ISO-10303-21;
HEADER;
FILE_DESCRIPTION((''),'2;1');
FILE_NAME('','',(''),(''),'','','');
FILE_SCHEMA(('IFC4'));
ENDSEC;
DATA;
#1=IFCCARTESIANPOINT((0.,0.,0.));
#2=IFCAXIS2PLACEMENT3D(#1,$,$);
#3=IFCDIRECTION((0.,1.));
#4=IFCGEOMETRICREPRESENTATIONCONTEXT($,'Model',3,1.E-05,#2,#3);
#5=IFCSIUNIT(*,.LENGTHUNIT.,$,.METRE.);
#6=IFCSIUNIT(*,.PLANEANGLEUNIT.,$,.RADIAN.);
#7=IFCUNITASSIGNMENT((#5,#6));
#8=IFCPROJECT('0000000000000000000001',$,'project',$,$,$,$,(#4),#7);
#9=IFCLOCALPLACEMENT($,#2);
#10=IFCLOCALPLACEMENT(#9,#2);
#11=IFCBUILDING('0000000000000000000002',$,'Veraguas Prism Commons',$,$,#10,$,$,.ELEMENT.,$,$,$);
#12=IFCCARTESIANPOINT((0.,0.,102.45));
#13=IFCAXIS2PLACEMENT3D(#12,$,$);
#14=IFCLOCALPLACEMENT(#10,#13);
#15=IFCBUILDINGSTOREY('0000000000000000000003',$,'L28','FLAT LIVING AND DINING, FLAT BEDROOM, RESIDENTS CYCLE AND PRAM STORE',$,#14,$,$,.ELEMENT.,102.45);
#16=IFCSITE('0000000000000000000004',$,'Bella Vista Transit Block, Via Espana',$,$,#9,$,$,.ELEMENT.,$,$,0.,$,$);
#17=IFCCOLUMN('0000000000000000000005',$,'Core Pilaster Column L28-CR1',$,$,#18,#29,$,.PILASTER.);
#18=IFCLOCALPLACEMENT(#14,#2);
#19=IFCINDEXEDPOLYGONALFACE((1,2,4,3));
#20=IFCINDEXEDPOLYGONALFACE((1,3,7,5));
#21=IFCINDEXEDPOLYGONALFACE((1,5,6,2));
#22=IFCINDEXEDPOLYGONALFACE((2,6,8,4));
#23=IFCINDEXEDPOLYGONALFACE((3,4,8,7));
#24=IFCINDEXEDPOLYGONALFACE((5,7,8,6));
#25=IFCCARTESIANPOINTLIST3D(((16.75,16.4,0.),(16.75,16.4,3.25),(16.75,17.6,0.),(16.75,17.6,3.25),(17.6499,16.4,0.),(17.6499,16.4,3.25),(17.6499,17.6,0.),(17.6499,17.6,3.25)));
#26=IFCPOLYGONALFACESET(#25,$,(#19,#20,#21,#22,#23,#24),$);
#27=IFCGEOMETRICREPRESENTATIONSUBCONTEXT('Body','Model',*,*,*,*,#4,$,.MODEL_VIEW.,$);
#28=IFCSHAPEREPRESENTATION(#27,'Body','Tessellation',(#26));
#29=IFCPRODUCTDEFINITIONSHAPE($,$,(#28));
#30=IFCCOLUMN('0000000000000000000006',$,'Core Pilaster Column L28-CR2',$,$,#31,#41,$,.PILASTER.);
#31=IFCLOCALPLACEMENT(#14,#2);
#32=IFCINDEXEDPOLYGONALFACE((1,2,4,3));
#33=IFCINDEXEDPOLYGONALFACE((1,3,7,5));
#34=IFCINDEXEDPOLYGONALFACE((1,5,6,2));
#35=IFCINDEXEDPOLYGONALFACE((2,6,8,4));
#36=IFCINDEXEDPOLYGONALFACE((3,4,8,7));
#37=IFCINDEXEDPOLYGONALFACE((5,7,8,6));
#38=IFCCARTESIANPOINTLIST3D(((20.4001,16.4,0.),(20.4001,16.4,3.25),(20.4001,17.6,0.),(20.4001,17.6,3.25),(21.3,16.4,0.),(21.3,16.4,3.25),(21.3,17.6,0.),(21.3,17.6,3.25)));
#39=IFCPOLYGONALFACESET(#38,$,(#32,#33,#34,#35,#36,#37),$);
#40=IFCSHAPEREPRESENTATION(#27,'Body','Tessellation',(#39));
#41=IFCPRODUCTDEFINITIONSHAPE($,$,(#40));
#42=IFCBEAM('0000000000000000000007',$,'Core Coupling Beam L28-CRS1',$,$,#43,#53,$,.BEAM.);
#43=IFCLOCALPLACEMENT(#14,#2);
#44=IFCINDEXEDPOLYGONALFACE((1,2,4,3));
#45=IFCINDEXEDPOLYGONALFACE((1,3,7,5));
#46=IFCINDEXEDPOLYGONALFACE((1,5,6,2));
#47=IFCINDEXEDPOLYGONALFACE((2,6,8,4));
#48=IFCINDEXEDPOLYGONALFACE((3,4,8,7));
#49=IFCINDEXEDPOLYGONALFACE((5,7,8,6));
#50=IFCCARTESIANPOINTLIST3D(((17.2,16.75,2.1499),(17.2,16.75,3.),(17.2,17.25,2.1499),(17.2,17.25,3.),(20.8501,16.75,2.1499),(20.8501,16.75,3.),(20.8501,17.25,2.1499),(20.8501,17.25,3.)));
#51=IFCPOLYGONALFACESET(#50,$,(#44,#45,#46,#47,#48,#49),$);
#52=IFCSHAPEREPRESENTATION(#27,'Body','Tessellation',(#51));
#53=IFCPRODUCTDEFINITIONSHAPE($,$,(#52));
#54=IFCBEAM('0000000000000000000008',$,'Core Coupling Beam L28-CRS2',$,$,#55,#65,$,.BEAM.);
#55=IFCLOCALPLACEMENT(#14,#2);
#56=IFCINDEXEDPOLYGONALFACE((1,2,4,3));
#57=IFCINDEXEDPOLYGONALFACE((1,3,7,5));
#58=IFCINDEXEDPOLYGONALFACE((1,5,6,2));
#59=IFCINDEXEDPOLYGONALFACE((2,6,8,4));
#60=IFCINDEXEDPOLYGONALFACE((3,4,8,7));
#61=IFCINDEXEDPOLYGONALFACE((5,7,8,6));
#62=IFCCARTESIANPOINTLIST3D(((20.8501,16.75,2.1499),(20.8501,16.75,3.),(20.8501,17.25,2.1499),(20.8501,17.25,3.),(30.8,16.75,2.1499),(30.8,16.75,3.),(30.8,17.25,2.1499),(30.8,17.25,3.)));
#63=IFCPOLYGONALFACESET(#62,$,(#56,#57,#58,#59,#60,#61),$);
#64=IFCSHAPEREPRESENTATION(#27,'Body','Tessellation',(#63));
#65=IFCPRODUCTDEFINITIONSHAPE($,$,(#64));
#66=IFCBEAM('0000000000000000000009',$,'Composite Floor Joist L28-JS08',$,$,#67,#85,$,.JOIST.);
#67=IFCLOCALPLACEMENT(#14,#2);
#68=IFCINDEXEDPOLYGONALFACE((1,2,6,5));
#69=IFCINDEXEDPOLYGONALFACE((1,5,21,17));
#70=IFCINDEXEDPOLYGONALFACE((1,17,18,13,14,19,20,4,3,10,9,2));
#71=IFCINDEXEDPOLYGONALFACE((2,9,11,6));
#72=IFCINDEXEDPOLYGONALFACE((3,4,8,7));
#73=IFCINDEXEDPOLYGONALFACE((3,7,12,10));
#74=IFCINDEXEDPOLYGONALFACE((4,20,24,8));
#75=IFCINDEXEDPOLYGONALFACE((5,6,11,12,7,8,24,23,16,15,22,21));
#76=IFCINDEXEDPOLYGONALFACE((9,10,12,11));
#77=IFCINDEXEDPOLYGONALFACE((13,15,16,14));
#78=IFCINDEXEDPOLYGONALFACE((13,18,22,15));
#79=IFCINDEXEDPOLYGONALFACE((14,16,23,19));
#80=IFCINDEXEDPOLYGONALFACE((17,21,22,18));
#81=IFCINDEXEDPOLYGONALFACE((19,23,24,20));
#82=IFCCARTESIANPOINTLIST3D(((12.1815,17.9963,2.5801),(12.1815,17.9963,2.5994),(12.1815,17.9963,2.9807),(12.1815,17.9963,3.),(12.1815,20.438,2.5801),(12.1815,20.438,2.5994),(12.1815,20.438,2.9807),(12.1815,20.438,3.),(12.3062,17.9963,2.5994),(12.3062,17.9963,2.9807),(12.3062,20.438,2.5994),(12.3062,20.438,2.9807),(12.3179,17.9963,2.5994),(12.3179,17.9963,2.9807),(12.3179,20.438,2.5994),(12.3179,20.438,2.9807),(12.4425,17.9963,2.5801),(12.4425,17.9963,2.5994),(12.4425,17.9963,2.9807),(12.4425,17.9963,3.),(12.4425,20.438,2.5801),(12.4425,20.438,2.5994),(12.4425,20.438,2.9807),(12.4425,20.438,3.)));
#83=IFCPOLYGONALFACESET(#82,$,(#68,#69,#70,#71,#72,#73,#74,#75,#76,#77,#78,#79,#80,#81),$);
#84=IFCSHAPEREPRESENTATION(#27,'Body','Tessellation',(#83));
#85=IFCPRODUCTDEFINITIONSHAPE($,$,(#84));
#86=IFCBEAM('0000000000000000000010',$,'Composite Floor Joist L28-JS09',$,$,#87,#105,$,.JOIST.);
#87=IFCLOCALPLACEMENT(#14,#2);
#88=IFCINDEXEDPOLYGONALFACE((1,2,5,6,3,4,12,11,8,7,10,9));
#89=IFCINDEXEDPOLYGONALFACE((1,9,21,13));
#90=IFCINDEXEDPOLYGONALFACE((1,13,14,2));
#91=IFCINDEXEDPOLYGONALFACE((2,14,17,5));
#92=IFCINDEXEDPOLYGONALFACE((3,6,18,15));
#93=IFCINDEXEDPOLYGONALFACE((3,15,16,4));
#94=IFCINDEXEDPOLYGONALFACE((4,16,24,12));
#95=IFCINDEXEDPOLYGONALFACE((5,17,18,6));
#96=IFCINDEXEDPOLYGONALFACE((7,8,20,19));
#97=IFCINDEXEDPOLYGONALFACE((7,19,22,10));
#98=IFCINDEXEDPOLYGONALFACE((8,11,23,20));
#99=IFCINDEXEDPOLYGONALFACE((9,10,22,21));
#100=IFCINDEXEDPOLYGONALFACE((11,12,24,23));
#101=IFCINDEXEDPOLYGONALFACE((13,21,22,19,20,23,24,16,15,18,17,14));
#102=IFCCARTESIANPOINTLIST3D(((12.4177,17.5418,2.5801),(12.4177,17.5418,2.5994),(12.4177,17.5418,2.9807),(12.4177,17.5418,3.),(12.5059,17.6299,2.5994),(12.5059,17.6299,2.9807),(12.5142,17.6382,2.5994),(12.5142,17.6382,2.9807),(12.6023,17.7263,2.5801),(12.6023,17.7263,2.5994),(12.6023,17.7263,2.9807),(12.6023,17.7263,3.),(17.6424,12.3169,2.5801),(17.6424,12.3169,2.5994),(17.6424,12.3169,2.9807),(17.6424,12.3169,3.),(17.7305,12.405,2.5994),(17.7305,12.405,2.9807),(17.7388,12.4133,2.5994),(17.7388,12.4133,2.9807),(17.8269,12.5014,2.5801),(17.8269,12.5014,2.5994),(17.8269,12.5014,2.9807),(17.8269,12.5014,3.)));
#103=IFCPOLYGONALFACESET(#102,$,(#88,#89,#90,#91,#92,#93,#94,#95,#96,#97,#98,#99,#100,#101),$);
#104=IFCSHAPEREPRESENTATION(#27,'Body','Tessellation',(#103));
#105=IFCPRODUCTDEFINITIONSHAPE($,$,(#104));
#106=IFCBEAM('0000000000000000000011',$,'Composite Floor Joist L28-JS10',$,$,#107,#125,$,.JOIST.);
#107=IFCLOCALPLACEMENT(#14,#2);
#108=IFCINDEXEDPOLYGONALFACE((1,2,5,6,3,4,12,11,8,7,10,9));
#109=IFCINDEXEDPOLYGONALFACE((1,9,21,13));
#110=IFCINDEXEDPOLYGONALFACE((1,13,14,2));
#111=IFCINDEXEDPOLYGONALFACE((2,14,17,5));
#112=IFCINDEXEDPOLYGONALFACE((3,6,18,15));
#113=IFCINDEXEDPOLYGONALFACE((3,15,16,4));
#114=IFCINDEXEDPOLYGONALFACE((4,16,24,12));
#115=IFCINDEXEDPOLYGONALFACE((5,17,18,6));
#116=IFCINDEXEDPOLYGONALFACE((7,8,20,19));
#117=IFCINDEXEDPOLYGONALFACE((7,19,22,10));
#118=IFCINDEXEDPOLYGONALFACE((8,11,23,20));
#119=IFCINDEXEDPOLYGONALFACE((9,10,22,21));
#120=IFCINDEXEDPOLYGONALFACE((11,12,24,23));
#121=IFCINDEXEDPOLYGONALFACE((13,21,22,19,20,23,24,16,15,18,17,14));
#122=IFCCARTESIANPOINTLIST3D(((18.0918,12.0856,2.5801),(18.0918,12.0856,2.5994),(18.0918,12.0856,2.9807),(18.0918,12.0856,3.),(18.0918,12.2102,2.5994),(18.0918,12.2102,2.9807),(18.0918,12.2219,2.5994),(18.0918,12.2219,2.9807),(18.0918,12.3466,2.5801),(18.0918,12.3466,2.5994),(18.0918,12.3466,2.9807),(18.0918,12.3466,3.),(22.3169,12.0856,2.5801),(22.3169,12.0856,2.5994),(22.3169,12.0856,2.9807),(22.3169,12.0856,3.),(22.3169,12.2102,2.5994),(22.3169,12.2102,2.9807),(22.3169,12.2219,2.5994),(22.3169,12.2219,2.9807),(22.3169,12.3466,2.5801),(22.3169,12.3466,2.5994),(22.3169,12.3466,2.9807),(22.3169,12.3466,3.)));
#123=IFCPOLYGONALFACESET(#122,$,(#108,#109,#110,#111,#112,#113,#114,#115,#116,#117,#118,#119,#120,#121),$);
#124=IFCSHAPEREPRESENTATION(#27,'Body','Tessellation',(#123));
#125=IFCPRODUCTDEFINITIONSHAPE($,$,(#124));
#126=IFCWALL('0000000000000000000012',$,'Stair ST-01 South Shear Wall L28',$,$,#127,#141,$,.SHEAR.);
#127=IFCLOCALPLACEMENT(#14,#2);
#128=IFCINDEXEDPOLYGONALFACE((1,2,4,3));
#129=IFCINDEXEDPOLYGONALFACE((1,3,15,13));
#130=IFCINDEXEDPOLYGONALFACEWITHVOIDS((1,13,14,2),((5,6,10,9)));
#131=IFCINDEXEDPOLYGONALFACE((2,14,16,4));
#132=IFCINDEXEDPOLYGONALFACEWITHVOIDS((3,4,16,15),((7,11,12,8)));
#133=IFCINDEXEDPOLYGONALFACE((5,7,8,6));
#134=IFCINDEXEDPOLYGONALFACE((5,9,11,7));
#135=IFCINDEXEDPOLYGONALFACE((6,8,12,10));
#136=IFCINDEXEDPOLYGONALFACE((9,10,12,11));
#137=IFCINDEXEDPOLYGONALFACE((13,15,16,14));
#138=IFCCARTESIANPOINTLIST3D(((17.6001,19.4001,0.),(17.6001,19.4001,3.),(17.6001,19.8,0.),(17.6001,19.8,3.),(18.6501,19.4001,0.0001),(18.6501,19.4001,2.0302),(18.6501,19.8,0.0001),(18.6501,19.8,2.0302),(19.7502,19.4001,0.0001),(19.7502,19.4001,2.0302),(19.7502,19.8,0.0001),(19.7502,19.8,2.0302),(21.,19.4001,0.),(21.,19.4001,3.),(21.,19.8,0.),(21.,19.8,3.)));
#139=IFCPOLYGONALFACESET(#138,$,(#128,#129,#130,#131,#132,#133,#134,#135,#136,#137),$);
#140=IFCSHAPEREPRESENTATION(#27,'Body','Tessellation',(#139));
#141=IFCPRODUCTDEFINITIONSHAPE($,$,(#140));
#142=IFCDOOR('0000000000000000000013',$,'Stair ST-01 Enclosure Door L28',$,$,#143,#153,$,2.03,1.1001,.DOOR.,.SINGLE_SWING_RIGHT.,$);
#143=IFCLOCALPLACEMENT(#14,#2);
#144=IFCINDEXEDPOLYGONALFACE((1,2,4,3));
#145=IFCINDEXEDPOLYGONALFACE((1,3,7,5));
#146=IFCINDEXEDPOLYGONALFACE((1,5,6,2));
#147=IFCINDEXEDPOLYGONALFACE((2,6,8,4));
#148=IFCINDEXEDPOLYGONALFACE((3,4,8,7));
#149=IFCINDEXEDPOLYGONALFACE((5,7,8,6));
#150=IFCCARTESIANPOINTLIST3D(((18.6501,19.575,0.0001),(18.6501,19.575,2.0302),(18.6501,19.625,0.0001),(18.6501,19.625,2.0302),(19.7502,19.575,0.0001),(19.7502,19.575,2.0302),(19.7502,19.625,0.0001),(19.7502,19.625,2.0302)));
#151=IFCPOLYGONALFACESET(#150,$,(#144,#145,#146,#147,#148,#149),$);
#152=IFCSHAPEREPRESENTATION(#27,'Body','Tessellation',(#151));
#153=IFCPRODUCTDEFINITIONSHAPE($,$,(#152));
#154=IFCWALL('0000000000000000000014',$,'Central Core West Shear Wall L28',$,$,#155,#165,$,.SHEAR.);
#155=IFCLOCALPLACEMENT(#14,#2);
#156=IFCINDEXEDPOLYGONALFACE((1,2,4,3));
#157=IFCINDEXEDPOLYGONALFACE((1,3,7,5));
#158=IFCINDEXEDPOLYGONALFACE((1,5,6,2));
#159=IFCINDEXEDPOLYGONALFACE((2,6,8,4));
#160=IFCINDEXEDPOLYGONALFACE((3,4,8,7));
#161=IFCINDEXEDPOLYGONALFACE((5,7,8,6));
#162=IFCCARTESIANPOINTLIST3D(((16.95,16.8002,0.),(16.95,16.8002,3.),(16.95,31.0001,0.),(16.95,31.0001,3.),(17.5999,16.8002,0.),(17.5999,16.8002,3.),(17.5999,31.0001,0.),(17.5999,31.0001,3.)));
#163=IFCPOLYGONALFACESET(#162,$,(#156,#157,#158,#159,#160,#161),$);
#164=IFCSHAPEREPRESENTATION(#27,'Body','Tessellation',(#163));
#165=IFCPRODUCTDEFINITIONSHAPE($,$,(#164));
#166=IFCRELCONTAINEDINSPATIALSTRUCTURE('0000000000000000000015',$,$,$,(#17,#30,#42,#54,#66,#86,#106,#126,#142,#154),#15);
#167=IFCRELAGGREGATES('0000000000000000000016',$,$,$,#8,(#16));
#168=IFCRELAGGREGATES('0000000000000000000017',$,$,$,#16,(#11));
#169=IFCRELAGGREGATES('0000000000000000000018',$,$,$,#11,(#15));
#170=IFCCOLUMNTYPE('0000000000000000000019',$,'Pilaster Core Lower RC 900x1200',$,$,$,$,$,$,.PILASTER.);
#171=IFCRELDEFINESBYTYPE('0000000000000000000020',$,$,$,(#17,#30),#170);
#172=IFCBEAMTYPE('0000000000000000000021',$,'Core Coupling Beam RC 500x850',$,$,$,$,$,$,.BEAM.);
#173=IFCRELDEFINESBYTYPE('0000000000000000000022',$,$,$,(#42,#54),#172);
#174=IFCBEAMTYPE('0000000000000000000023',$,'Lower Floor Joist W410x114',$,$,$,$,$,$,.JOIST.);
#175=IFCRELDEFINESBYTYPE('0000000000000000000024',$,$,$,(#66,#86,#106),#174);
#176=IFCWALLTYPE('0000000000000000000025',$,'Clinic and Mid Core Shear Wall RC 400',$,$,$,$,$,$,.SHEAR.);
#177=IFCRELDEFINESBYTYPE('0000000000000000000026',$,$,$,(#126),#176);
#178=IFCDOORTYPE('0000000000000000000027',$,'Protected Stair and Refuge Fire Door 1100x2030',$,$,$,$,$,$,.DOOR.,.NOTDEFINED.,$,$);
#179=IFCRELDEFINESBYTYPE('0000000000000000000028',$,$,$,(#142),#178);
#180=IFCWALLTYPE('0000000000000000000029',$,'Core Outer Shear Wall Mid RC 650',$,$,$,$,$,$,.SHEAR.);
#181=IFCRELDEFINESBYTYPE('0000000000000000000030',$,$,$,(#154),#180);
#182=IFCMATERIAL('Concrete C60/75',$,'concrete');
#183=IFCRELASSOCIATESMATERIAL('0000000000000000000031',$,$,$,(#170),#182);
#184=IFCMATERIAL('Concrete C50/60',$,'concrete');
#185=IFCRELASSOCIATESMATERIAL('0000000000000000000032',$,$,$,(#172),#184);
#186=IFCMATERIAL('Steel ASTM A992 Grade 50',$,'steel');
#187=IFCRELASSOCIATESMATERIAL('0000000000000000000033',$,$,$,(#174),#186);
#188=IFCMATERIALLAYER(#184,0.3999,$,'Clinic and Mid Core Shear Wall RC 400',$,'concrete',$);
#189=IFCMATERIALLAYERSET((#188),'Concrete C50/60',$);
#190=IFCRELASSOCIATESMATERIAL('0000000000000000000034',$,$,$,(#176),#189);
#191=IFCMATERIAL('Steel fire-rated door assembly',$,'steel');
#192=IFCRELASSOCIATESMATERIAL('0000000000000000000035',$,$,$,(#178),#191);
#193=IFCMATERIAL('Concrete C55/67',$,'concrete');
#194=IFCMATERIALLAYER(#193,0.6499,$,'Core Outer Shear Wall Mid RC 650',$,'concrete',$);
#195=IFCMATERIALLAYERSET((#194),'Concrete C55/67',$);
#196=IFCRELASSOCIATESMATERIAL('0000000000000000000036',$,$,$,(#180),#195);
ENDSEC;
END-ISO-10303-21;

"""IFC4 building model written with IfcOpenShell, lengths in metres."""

from ifc_helpers import new_model, si_unit, direction, frame, frame_2d, origin, origin_2d, place, context, subcontext, project, spatial, rectangle, i_section, extrude, source, transform, mapped, material, layer, layer_set, material_profile, profile_set, type_object, element, fill, save


model = new_model("IFC4")

# Units and contexts
model_context = context("Model", 3, precision=1e-05, world=origin(), true_north=direction((0.0, 1.0)))
body_context = subcontext(model_context, "Body", "Model", "MODEL_VIEW")
ifc_project = project(units=[si_unit("LENGTHUNIT", "METRE"), si_unit("PLANEANGLEUNIT", "RADIAN")], contexts=[model_context])

# Site, building, storey
site_placement = place(None, origin())
site = spatial("IfcSite", under=ifc_project, at=site_placement, Name="Bella Vista Transit Block, Via Espana", CompositionType="ELEMENT", RefElevation=0.0)
building_placement = place(site_placement, origin())
building = spatial("IfcBuilding", under=site, at=building_placement, Name="Veraguas Prism Commons", CompositionType="ELEMENT")
storey_placement = place(building_placement, frame((0.0, 0.0, 102.45)))
storey = spatial("IfcBuildingStorey", under=building, at=storey_placement, Name="L28", Description="FLAT LIVING AND DINING, FLAT BEDROOM, RESIDENTS CYCLE AND PRAM STORE", CompositionType="ELEMENT", Elevation=102.45)

# Columns
ifc_material_1 = material(Name="Concrete C60/75", Category="concrete")
ifc_material_profile_1 = material_profile(ifc_material_1, rectangle(XDim=0.8999, YDim=1.2, at=origin_2d()), Name="RC900X1200")
ifc_profile_set_1 = profile_set([ifc_material_profile_1], Name="Concrete C60/75")
column_type = type_object("IfcColumnType", Name="Pilaster Core Lower RC 900x1200", PredefinedType="PILASTER", material=ifc_profile_set_1)
for number, where, z_axis, x_axis, name in (
    (1, (17.2, 17.0, 0.0), (0.0, 0.0, 1.0), (1.0, 0.0, 0.0), "Core Pilaster Column L28-CR1"),
    (2, (20.8501, 17.0, 0.0), (0.0, 0.0, 1.0), (1.0, 0.0, 0.0), "Core Pilaster Column L28-CR2"),
):
    element("IfcColumn", number, at=place(storey_placement, frame(where, z_axis=z_axis, x_axis=x_axis)), inside=storey, type_object=column_type, Name=name, PredefinedType="PILASTER", context=body_context, shape_type="SweptSolid", body=[
        extrude(rectangle(XDim=0.8999, YDim=1.2, at=origin_2d()), origin(), (0.0, 0.0, 1.0), 3.25),
    ])

# Beams
ifc_material_2 = material(Name="Concrete C50/60", Category="concrete")
ifc_material_profile_2 = material_profile(ifc_material_2, rectangle(XDim=0.5, YDim=0.8501, at=origin_2d()), Name="RC500X850")
ifc_profile_set_2 = profile_set([ifc_material_profile_2], Name="Concrete C50/60")
beam_type_1 = type_object("IfcBeamType", Name="Core Coupling Beam RC 500x850", PredefinedType="BEAM", material=ifc_profile_set_2)
beam_1_placement = place(storey_placement, frame((17.2, 17.0, 2.575), z_axis=(1.0, 0.0, 0.0), x_axis=(0.0, 1.0, 0.0)))
element("IfcBeam", 3, at=beam_1_placement, inside=storey, type_object=beam_type_1, Name="Core Coupling Beam L28-CRS1", PredefinedType="BEAM", context=body_context, shape_type="SweptSolid", body=[
    extrude(rectangle(XDim=0.5, YDim=0.8501, at=origin_2d()), origin(), (0.0, 0.0, 1.0), 3.6501),
])
beam_2_placement = place(storey_placement, frame((20.8501, 17.0, 2.575), z_axis=(1.0, 0.0, 0.0), x_axis=(0.0, 1.0, 0.0)))
element("IfcBeam", 4, at=beam_2_placement, inside=storey, type_object=beam_type_1, Name="Core Coupling Beam L28-CRS2", PredefinedType="BEAM", context=body_context, shape_type="SweptSolid", body=[
    extrude(rectangle(XDim=0.5, YDim=0.8501, at=origin_2d()), origin(), (0.0, 0.0, 1.0), 9.95),
])
ifc_material_3 = material(Name="Steel ASTM A992 Grade 50", Category="steel")
ifc_material_profile_3 = material_profile(ifc_material_3, i_section(OverallWidth=0.261, OverallDepth=0.4199, WebThickness=0.0117, FlangeThickness=0.0193, at=origin_2d()), Name="W410X114")
ifc_profile_set_3 = profile_set([ifc_material_profile_3], Name="Steel ASTM A992 Grade 50")
beam_type_2 = type_object("IfcBeamType", Name="Lower Floor Joist W410x114", PredefinedType="JOIST", material=ifc_profile_set_3)
beam_3_placement = place(storey_placement, frame((12.312, 20.438, 2.79), z_axis=(0.0, -1.0, 0.0), x_axis=(1.0, 0.0, 0.0)))
element("IfcBeam", 5, at=beam_3_placement, inside=storey, type_object=beam_type_2, Name="Composite Floor Joist L28-JS08", PredefinedType="JOIST", context=body_context, shape_type="SweptSolid", body=[
    extrude(i_section(OverallWidth=0.261, OverallDepth=0.4199, WebThickness=0.0117, FlangeThickness=0.0193, at=origin_2d()), origin(), (0.0, 0.0, 1.0), 2.4417),
])
beam_4_placement = place(storey_placement, frame((12.51, 17.634, 2.79), z_axis=(0.70709, -0.707123, 0.0), x_axis=(0.707123, 0.70709, 0.0)))
element("IfcBeam", 6, at=beam_4_placement, inside=storey, type_object=beam_type_2, Name="Composite Floor Joist L28-JS09", PredefinedType="JOIST", context=body_context, shape_type="SweptSolid", body=[
    extrude(i_section(OverallWidth=0.261, OverallDepth=0.4199, WebThickness=0.0117, FlangeThickness=0.0193, at=origin_2d()), origin(), (0.0, 0.0, 1.0), 7.3889),
])
beam_5_placement = place(storey_placement, frame((18.0918, 12.2161, 2.79), z_axis=(1.0, 0.0, 0.0), x_axis=(0.0, 1.0, 0.0)))
element("IfcBeam", 7, at=beam_5_placement, inside=storey, type_object=beam_type_2, Name="Composite Floor Joist L28-JS10", PredefinedType="JOIST", context=body_context, shape_type="SweptSolid", body=[
    extrude(i_section(OverallWidth=0.261, OverallDepth=0.4199, WebThickness=0.0117, FlangeThickness=0.0193, at=origin_2d()), origin(), (0.0, 0.0, 1.0), 4.2251),
])

# Wall, opening, door
ifc_layer_1 = layer(ifc_material_2, 0.3999, Name="Clinic and Mid Core Shear Wall RC 400", Category="concrete")
ifc_layer_set_1 = layer_set([ifc_layer_1], Name="Concrete C50/60")
wall_type_1 = type_object("IfcWallType", Name="Clinic and Mid Core Shear Wall RC 400", PredefinedType="SHEAR", material=ifc_layer_set_1)
wall_1_placement = place(storey_placement, frame((17.6001, 19.6001, 0.0), z_axis=(0.0, 0.0, 1.0), x_axis=(1.0, 0.0, 0.0)))
wall_1 = element("IfcWall", 8, at=wall_1_placement, inside=storey, type_object=wall_type_1, Name="Stair ST-01 South Shear Wall L28", PredefinedType="SHEAR", context=body_context, shape_type="SweptSolid", body=[
    extrude(rectangle(XDim=3.3999, YDim=0.3999, at=frame_2d((1.7, 0.0))), origin(), (0.0, 0.0, 1.0), 3.0),
])
opening_1_placement = place(wall_1_placement, frame((1.05, 0.0, 0.0)))
opening_1 = element("IfcOpeningElement", 9, at=opening_1_placement, cuts=wall_1, PredefinedType="OPENING", context=body_context, shape_type="SweptSolid", body=[
    extrude(rectangle(XDim=1.1001, YDim=2.03, at=frame_2d((0.55, 1.0151))), frame((0.0, 0.21, 0.0), z_axis=(0.0, -1.0, 0.0), x_axis=(1.0, 0.0, 0.0)), (0.0, 0.0, 1.0), 0.4199),
])
ifc_material_4 = material(Name="Steel fire-rated door assembly", Category="steel")
door_type_1 = type_object("IfcDoorType", Name="Protected Stair and Refuge Fire Door 1100x2030", OperationType="NOTDEFINED", PredefinedType="DOOR", material=ifc_material_4)
shared_shape_1 = source(origin(), body_context, "Body", "SweptSolid", [
    extrude(rectangle(XDim=1.1001, YDim=2.03, at=frame_2d((0.55, 1.0151))), frame((0.0, 0.0249, 0.0), z_axis=(0.0, -1.0, 0.0), x_axis=(1.0, 0.0, 0.0)), (0.0, 0.0, 1.0), 0.05),
])
door_1_placement = place(opening_1_placement, origin())
door_1 = element("IfcDoor", 10, at=door_1_placement, inside=storey, type_object=door_type_1, Name="Stair ST-01 Enclosure Door L28", OperationType="SINGLE_SWING_RIGHT", OverallHeight=2.03, OverallWidth=1.1001, PredefinedType="DOOR", context=body_context, shape_type="MappedRepresentation", body=[
    mapped(shared_shape_1, transform((0.0, 0.0, 0.0), scale=1.0)),
])
fill(opening_1, door_1)

# Wall
ifc_material_5 = material(Name="Concrete C55/67", Category="concrete")
ifc_layer_2 = layer(ifc_material_5, 0.6499, Name="Core Outer Shear Wall Mid RC 650", Category="concrete")
ifc_layer_set_2 = layer_set([ifc_layer_2], Name="Concrete C55/67")
wall_type_2 = type_object("IfcWallType", Name="Core Outer Shear Wall Mid RC 650", PredefinedType="SHEAR", material=ifc_layer_set_2)
wall_2_placement = place(storey_placement, frame((17.2749, 16.8, 0.0), z_axis=(0.0, 0.0, 1.0), x_axis=(0.0, 1.0, 0.0)))
element("IfcWall", 11, at=wall_2_placement, inside=storey, type_object=wall_type_2, Name="Central Core West Shear Wall L28", PredefinedType="SHEAR", context=body_context, shape_type="SweptSolid", body=[
    extrude(rectangle(XDim=14.2, YDim=0.6499, at=frame_2d((7.1001, 0.0))), origin(), (0.0, 0.0, 1.0), 3.0),
])

save(model, "model.ifc")
